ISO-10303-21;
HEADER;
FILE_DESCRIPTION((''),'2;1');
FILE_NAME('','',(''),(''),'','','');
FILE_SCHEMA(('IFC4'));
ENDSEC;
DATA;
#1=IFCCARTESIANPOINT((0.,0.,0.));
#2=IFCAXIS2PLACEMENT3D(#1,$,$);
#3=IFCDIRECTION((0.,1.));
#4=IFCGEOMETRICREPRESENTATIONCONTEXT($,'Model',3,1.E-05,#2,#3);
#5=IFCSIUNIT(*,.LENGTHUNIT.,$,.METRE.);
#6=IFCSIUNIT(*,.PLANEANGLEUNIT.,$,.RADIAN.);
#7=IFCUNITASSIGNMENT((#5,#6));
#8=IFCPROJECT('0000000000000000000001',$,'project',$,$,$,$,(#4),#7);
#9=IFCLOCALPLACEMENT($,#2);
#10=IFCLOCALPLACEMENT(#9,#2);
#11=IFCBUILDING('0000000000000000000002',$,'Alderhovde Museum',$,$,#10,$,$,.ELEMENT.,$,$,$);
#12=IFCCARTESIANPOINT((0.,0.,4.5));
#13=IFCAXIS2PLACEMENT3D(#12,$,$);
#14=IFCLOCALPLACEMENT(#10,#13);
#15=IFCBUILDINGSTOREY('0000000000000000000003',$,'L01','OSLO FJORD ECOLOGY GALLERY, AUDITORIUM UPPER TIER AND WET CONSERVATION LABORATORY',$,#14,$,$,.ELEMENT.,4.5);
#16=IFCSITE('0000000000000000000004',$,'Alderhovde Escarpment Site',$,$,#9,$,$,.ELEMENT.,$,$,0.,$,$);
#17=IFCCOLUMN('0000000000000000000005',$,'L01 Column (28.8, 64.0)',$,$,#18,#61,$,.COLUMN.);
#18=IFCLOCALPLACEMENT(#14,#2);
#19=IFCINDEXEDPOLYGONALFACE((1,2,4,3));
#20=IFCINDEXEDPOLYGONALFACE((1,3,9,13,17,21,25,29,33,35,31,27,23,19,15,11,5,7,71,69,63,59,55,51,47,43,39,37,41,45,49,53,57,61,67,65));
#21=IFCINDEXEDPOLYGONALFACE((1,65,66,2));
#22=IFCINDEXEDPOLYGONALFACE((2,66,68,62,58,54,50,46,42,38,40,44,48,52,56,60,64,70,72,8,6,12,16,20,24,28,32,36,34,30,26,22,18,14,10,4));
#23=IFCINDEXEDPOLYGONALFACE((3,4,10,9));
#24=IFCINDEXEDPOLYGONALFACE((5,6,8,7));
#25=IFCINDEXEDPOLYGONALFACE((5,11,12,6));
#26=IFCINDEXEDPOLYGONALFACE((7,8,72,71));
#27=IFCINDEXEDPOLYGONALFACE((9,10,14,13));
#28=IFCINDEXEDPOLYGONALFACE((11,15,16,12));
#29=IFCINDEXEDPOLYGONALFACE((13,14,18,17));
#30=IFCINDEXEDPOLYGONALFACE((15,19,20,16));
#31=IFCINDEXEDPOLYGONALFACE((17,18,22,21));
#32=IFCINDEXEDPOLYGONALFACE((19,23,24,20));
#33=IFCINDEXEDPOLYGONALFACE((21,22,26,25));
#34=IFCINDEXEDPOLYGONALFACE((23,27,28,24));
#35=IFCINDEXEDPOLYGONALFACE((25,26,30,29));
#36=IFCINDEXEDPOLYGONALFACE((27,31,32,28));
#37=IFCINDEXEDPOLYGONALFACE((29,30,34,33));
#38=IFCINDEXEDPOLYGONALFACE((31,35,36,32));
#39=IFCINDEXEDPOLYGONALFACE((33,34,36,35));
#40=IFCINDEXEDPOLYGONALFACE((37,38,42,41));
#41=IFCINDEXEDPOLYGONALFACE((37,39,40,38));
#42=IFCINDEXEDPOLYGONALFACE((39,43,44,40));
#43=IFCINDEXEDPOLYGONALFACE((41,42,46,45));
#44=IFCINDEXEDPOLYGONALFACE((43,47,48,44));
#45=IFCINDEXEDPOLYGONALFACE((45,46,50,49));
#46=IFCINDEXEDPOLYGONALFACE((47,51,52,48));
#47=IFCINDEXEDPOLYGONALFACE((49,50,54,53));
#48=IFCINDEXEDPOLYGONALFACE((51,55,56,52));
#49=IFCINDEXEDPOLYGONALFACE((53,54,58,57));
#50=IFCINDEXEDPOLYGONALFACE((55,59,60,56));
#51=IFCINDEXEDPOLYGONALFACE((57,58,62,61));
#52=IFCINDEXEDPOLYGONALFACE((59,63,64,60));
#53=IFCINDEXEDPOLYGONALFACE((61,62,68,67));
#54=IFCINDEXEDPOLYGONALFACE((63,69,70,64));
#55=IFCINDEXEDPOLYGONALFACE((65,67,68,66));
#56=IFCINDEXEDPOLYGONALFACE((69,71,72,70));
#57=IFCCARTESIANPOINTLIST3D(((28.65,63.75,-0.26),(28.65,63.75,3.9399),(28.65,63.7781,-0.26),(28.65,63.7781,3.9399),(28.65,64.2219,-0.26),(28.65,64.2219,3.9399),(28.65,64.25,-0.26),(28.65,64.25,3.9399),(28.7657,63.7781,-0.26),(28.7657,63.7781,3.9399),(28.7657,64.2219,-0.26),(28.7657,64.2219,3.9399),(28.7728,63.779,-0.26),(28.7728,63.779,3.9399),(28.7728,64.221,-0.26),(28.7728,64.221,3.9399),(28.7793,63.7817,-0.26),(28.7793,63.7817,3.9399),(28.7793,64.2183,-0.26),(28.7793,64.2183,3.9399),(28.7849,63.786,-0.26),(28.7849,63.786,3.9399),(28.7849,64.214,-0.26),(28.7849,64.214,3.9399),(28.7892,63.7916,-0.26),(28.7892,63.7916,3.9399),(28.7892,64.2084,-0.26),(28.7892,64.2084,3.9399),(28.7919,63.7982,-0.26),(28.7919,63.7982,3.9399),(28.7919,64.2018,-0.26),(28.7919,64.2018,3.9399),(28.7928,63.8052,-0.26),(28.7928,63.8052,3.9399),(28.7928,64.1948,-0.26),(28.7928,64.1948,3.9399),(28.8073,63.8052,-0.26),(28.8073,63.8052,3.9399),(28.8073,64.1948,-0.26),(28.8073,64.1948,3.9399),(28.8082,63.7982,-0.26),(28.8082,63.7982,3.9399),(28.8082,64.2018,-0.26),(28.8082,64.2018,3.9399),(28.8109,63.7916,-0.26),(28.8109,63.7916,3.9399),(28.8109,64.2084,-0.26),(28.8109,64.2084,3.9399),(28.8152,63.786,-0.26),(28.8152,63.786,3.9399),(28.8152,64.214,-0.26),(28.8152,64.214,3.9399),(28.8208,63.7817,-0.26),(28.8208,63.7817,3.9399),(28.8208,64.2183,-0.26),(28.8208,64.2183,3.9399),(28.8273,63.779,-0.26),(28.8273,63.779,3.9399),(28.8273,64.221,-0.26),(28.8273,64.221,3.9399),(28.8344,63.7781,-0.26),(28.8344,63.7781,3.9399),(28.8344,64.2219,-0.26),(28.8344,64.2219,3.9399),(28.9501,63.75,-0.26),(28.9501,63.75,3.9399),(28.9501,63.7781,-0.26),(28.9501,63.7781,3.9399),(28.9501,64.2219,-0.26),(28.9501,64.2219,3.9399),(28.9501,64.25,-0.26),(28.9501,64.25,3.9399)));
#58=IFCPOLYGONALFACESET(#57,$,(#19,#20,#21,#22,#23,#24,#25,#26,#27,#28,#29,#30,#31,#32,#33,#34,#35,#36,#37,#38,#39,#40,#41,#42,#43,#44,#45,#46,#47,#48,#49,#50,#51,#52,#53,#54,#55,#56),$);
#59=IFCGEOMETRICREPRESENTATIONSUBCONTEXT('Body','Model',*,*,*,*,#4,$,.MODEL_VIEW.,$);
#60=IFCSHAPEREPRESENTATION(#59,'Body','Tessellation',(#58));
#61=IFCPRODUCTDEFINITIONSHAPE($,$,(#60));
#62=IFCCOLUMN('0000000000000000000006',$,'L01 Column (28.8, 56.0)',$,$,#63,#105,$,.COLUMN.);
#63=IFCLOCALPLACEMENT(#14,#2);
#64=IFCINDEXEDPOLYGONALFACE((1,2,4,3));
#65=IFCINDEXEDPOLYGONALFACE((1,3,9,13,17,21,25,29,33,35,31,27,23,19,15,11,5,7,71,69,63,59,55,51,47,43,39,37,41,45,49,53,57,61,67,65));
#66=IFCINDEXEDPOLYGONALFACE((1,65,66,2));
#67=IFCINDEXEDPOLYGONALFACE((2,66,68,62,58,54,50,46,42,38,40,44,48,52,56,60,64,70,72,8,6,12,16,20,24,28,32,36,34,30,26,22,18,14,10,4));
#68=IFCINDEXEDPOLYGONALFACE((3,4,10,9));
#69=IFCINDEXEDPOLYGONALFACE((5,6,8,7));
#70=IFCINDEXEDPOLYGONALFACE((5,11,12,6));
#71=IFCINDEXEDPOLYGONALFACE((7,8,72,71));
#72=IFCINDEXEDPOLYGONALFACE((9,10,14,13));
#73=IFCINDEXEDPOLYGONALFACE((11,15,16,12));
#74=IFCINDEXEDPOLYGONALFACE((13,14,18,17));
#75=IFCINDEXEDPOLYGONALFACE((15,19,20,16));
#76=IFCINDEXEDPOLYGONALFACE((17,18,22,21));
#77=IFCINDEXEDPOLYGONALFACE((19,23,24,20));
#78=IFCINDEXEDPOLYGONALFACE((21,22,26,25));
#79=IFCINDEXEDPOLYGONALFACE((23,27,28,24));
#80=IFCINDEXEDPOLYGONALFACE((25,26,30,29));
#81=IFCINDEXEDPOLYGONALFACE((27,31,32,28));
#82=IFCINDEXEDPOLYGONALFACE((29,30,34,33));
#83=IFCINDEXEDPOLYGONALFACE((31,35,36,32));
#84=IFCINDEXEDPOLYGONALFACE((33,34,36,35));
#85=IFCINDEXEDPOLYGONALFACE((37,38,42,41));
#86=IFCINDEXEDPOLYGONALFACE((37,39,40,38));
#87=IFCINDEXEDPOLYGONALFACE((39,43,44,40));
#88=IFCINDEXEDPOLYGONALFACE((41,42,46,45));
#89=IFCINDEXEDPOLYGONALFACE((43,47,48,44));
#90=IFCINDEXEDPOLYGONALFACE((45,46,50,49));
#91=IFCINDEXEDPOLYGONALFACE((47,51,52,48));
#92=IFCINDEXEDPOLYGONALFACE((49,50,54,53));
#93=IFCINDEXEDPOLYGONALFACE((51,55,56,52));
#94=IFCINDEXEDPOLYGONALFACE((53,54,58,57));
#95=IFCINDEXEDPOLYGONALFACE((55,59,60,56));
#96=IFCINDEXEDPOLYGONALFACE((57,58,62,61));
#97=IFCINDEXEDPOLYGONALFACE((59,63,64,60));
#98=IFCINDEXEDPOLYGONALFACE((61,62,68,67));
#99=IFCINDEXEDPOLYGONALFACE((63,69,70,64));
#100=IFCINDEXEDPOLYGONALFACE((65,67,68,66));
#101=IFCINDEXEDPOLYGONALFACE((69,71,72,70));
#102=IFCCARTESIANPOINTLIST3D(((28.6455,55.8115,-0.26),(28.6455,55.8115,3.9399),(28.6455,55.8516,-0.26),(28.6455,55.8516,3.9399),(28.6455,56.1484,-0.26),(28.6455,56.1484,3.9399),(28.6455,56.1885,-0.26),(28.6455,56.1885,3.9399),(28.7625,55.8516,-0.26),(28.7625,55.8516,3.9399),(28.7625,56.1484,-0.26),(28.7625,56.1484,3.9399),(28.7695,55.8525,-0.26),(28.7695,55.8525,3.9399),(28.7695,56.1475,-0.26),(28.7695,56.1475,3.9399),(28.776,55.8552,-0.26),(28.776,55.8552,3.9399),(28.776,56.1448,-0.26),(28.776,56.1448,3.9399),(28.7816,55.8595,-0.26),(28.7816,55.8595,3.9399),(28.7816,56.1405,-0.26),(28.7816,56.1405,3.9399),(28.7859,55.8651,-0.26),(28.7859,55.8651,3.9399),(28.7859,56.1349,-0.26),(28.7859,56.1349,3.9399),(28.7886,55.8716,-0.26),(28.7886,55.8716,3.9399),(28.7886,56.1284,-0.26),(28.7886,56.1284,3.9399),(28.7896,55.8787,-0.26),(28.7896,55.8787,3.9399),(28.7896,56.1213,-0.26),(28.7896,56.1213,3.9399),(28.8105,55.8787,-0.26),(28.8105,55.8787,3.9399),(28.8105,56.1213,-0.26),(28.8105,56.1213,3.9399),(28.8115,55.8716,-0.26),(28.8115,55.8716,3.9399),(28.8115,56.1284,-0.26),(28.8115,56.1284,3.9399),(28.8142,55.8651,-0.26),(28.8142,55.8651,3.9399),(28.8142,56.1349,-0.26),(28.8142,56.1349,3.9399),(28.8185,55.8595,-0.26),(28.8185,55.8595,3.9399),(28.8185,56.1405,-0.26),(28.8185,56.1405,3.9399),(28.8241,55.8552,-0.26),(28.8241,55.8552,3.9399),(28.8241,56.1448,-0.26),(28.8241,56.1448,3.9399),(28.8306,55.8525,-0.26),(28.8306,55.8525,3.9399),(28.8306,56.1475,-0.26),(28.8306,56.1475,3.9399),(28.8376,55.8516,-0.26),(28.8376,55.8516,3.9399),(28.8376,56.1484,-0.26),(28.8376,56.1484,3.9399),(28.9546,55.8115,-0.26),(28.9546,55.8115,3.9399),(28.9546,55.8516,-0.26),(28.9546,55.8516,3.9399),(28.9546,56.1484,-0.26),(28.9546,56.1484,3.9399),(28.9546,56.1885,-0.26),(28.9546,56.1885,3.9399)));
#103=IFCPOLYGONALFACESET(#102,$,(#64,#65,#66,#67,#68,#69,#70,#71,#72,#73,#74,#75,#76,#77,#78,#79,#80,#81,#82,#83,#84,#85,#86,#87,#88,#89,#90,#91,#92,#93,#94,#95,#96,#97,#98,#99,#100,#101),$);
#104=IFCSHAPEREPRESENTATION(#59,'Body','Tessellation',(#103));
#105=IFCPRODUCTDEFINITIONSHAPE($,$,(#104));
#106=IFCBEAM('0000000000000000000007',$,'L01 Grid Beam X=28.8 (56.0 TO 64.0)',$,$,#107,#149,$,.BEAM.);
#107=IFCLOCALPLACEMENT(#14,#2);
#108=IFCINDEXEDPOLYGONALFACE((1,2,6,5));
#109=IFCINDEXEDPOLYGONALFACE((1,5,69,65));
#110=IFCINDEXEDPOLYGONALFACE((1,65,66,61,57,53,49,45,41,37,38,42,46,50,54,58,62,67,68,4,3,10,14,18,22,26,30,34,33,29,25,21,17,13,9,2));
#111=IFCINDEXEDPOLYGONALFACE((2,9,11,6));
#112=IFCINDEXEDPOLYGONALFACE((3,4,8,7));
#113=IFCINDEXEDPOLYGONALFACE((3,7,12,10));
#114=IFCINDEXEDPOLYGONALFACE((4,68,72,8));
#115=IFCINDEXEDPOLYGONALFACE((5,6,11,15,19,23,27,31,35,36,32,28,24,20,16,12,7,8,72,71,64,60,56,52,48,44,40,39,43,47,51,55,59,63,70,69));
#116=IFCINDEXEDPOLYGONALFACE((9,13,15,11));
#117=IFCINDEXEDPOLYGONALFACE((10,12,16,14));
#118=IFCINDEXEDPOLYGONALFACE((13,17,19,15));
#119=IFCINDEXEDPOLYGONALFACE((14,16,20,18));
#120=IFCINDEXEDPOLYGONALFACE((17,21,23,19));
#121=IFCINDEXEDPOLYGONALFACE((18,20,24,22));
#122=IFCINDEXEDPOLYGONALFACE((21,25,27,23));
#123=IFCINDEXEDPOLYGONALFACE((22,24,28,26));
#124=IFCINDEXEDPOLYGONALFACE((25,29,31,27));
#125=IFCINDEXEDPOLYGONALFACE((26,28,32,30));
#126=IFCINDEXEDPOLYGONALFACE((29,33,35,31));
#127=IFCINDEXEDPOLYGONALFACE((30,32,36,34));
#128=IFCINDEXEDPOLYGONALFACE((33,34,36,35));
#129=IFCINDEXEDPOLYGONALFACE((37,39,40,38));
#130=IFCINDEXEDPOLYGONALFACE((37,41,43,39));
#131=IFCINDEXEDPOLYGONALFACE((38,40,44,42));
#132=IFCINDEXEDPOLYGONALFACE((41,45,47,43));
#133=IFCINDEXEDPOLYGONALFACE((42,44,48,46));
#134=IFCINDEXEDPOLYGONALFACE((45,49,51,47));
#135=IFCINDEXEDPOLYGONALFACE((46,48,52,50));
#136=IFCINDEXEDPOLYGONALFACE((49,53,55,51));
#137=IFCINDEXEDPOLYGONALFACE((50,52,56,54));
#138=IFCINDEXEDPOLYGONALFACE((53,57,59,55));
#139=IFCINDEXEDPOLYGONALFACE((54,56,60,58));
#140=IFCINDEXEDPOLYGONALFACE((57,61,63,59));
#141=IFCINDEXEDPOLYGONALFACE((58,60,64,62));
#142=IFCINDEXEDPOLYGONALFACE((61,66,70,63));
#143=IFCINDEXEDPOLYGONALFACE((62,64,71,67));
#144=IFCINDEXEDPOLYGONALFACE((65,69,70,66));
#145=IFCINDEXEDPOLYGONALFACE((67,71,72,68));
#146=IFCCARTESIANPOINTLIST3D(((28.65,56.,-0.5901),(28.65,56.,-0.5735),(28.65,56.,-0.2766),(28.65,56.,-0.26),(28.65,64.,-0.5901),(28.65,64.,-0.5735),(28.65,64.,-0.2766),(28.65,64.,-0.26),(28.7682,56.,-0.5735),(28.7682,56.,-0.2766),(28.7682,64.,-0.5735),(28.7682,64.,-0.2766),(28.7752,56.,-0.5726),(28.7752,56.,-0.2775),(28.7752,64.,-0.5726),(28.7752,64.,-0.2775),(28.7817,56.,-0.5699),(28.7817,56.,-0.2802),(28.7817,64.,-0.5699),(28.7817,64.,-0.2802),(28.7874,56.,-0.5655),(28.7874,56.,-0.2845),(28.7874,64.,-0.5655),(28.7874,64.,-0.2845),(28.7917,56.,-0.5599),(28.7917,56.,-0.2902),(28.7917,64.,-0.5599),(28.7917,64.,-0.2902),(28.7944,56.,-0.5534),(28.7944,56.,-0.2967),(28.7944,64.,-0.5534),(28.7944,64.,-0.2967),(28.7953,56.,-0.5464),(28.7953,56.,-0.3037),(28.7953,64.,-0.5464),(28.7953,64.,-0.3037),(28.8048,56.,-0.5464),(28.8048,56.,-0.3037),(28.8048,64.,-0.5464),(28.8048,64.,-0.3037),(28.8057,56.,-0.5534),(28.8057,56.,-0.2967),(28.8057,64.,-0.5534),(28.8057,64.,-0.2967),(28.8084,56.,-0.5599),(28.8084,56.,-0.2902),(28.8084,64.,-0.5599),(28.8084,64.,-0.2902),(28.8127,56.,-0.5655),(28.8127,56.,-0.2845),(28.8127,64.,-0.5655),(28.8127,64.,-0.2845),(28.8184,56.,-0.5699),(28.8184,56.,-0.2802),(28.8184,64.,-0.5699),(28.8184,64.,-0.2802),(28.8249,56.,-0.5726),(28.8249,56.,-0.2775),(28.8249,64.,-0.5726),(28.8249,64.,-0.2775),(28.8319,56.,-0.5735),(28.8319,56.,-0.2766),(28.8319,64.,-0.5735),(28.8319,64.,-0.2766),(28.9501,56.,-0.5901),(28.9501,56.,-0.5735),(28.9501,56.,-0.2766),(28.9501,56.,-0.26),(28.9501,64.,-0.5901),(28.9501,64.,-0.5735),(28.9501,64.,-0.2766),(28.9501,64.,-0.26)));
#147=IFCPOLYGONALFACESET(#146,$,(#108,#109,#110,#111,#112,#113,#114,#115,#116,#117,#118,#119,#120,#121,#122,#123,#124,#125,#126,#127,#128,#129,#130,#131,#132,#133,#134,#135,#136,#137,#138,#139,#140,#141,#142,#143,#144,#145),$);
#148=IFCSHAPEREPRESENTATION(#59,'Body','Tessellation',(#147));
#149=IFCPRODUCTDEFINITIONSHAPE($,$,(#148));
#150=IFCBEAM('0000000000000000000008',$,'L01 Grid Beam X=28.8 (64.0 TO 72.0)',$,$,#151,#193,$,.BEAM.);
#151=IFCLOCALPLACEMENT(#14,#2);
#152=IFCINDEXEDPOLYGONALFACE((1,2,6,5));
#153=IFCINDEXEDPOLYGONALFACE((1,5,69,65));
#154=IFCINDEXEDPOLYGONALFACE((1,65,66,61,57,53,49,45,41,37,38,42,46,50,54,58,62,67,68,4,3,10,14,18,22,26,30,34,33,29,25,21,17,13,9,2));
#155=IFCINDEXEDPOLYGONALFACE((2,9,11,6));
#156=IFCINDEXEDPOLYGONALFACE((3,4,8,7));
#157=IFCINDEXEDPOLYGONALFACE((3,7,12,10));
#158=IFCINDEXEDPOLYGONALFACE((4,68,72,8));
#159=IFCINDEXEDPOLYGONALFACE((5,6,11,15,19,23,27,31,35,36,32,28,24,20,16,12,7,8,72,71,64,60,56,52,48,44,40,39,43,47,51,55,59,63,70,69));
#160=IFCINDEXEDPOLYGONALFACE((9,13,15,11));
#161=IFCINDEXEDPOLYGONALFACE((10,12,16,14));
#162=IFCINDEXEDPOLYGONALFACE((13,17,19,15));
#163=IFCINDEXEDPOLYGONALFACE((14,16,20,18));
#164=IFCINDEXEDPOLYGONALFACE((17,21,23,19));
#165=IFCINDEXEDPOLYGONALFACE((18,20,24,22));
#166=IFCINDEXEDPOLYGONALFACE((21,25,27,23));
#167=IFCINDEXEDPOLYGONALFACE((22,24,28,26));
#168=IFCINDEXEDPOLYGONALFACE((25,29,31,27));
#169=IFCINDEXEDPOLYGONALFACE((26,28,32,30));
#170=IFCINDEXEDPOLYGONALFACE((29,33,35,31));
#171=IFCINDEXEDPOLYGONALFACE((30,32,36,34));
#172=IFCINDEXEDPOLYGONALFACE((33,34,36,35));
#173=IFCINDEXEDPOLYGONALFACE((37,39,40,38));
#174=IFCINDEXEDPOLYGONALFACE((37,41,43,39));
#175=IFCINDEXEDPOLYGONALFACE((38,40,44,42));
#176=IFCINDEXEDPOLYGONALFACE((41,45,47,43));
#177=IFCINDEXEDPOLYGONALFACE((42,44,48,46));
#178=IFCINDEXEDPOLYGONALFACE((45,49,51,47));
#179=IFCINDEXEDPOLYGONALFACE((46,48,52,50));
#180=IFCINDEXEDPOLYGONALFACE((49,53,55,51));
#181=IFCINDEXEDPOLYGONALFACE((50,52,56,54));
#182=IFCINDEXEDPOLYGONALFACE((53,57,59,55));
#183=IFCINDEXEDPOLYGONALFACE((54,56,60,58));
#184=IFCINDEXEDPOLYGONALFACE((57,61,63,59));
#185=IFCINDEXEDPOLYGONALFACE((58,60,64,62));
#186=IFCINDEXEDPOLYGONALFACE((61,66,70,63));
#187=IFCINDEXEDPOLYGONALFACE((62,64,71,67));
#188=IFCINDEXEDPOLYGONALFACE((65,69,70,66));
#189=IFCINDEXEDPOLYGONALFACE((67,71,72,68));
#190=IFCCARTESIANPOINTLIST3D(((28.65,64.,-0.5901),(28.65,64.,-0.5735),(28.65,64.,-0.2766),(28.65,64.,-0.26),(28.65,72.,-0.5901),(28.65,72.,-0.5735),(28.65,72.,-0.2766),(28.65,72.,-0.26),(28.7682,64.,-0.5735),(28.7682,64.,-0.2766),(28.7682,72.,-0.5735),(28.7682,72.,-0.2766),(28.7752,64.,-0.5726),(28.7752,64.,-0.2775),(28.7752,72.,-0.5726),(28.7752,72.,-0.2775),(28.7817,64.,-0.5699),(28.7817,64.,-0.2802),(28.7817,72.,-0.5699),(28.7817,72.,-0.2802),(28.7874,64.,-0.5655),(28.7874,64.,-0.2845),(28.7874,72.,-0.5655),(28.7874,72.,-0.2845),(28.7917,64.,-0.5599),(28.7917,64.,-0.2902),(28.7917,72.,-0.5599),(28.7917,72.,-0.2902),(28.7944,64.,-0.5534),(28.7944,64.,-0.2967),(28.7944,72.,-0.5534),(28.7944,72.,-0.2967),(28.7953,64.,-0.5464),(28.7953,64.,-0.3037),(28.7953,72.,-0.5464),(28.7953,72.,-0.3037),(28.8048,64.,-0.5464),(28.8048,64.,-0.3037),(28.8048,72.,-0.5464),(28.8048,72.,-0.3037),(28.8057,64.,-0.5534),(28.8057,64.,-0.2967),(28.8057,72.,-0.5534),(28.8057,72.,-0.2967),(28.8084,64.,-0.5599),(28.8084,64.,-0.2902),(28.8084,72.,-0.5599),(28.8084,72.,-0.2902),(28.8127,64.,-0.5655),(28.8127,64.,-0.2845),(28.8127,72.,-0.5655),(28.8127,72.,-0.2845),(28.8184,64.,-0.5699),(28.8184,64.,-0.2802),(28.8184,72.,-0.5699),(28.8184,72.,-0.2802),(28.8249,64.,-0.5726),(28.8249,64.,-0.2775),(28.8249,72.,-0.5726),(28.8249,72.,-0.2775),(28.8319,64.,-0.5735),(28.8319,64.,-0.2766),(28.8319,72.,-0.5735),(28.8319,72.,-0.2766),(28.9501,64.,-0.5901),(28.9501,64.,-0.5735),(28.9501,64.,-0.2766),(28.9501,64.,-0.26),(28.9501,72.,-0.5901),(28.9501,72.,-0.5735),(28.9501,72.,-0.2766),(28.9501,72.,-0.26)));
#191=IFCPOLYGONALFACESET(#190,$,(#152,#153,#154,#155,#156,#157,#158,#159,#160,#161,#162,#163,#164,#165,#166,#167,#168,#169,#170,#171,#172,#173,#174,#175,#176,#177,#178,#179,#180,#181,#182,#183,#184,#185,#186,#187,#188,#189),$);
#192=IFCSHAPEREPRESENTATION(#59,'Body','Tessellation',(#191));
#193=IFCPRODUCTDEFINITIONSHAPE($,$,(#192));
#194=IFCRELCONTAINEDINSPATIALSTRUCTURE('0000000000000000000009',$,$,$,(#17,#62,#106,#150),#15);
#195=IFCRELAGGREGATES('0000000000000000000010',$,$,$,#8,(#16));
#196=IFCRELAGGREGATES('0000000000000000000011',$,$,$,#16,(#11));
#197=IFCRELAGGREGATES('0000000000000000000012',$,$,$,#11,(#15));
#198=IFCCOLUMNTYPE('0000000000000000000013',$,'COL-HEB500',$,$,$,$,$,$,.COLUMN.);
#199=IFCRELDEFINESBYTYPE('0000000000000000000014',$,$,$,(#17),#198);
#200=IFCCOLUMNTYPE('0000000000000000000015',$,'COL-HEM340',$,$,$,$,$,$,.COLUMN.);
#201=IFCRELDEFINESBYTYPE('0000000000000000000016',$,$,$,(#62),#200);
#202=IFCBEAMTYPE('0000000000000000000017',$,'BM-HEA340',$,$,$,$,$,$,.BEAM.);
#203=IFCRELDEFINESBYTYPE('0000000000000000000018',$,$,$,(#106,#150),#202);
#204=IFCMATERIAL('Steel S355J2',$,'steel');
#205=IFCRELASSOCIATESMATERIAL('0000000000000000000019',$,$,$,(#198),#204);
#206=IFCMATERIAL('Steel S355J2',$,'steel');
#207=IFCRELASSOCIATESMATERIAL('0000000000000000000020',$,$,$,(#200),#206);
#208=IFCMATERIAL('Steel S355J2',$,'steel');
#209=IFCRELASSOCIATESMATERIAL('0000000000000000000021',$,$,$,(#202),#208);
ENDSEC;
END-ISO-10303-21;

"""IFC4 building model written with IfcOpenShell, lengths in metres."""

from ifc_helpers import new_model, si_unit, direction, frame, origin, origin_2d, place, context, subcontext, project, spatial, i_section, extrude, material, material_profile, profile_set, type_object, element, save


model = new_model("IFC4")

# Units and contexts
model_context = context("Model", 3, precision=1e-05, world=origin(), true_north=direction((0.0, 1.0)))
body_context = subcontext(model_context, "Body", "Model", "MODEL_VIEW")
ifc_project = project(units=[si_unit("LENGTHUNIT", "METRE"), si_unit("PLANEANGLEUNIT", "RADIAN")], contexts=[model_context])

# Site, building, storey
site_placement = place(None, origin())
site = spatial("IfcSite", under=ifc_project, at=site_placement, Name="Alderhovde Escarpment Site", CompositionType="ELEMENT", RefElevation=0.0)
building_placement = place(site_placement, origin())
building = spatial("IfcBuilding", under=site, at=building_placement, Name="Alderhovde Museum", CompositionType="ELEMENT")
storey_placement = place(building_placement, frame((0.0, 0.0, 4.5)))
storey = spatial("IfcBuildingStorey", under=building, at=storey_placement, Name="L01", Description="OSLO FJORD ECOLOGY GALLERY, AUDITORIUM UPPER TIER AND WET CONSERVATION LABORATORY", CompositionType="ELEMENT", Elevation=4.5)

# Columns
ifc_material_1 = material(Name="Steel S355J2", Category="steel")
ifc_material_profile_1 = material_profile(ifc_material_1, i_section(OverallWidth=0.3, OverallDepth=0.5, WebThickness=0.0144, FlangeThickness=0.0281, FilletRadius=0.0271, at=origin_2d()), Name="HEB 500")
ifc_profile_set_1 = profile_set([ifc_material_profile_1], Name="Steel S355J2")
column_type_1 = type_object("IfcColumnType", Name="COL-HEB500", PredefinedType="COLUMN", material=ifc_profile_set_1)
column_1_placement = place(storey_placement, frame((28.8, 64.0, -0.26), z_axis=(0.0, 0.0, 1.0), x_axis=(1.0, 0.0, 0.0)))
element("IfcColumn", 1, at=column_1_placement, inside=storey, type_object=column_type_1, Name="L01 Column (28.8, 64.0)", PredefinedType="COLUMN", context=body_context, shape_type="SweptSolid", body=[
    extrude(i_section(OverallWidth=0.3, OverallDepth=0.5, WebThickness=0.0144, FlangeThickness=0.0281, FilletRadius=0.0271, at=origin_2d()), origin(), (0.0, 0.0, 1.0), 4.2),
])
ifc_material_2 = material(Name="Steel S355J2", Category="steel")
ifc_material_profile_2 = material_profile(ifc_material_2, i_section(OverallWidth=0.3091, OverallDepth=0.377, WebThickness=0.021, FlangeThickness=0.04, FilletRadius=0.0271, at=origin_2d()), Name="HEM 340")
ifc_profile_set_2 = profile_set([ifc_material_profile_2], Name="Steel S355J2")
column_type_2 = type_object("IfcColumnType", Name="COL-HEM340", PredefinedType="COLUMN", material=ifc_profile_set_2)
column_2_placement = place(storey_placement, frame((28.8, 56.0, -0.26), z_axis=(0.0, 0.0, 1.0), x_axis=(1.0, 0.0, 0.0)))
element("IfcColumn", 2, at=column_2_placement, inside=storey, type_object=column_type_2, Name="L01 Column (28.8, 56.0)", PredefinedType="COLUMN", context=body_context, shape_type="SweptSolid", body=[
    extrude(i_section(OverallWidth=0.3091, OverallDepth=0.377, WebThickness=0.021, FlangeThickness=0.04, FilletRadius=0.0271, at=origin_2d()), origin(), (0.0, 0.0, 1.0), 4.2),
])

# Beams
ifc_material_3 = material(Name="Steel S355J2", Category="steel")
ifc_material_profile_3 = material_profile(ifc_material_3, i_section(OverallWidth=0.3, OverallDepth=0.3301, WebThickness=0.0095, FlangeThickness=0.0166, FilletRadius=0.0271, at=origin_2d()), Name="HEA 340")
ifc_profile_set_3 = profile_set([ifc_material_profile_3], Name="Steel S355J2")
beam_type_1 = type_object("IfcBeamType", Name="BM-HEA340", PredefinedType="BEAM", material=ifc_profile_set_3)
for number, where, z_axis, x_axis, name in (
    (3, (28.8, 56.0, -0.425), (0.0, 1.0, 0.0), (-1.0, 0.0, 0.0), "L01 Grid Beam X=28.8 (56.0 TO 64.0)"),
    (4, (28.8, 64.0, -0.425), (0.0, 1.0, 0.0), (-1.0, 0.0, 0.0), "L01 Grid Beam X=28.8 (64.0 TO 72.0)"),
):
    element("IfcBeam", number, at=place(storey_placement, frame(where, z_axis=z_axis, x_axis=x_axis)), inside=storey, type_object=beam_type_1, Name=name, PredefinedType="BEAM", context=body_context, shape_type="SweptSolid", body=[
        extrude(i_section(OverallWidth=0.3, OverallDepth=0.3301, WebThickness=0.0095, FlangeThickness=0.0166, FilletRadius=0.0271, at=origin_2d()), origin(), (0.0, 0.0, 1.0), 8.0),
    ])

save(model, "model.ifc")
